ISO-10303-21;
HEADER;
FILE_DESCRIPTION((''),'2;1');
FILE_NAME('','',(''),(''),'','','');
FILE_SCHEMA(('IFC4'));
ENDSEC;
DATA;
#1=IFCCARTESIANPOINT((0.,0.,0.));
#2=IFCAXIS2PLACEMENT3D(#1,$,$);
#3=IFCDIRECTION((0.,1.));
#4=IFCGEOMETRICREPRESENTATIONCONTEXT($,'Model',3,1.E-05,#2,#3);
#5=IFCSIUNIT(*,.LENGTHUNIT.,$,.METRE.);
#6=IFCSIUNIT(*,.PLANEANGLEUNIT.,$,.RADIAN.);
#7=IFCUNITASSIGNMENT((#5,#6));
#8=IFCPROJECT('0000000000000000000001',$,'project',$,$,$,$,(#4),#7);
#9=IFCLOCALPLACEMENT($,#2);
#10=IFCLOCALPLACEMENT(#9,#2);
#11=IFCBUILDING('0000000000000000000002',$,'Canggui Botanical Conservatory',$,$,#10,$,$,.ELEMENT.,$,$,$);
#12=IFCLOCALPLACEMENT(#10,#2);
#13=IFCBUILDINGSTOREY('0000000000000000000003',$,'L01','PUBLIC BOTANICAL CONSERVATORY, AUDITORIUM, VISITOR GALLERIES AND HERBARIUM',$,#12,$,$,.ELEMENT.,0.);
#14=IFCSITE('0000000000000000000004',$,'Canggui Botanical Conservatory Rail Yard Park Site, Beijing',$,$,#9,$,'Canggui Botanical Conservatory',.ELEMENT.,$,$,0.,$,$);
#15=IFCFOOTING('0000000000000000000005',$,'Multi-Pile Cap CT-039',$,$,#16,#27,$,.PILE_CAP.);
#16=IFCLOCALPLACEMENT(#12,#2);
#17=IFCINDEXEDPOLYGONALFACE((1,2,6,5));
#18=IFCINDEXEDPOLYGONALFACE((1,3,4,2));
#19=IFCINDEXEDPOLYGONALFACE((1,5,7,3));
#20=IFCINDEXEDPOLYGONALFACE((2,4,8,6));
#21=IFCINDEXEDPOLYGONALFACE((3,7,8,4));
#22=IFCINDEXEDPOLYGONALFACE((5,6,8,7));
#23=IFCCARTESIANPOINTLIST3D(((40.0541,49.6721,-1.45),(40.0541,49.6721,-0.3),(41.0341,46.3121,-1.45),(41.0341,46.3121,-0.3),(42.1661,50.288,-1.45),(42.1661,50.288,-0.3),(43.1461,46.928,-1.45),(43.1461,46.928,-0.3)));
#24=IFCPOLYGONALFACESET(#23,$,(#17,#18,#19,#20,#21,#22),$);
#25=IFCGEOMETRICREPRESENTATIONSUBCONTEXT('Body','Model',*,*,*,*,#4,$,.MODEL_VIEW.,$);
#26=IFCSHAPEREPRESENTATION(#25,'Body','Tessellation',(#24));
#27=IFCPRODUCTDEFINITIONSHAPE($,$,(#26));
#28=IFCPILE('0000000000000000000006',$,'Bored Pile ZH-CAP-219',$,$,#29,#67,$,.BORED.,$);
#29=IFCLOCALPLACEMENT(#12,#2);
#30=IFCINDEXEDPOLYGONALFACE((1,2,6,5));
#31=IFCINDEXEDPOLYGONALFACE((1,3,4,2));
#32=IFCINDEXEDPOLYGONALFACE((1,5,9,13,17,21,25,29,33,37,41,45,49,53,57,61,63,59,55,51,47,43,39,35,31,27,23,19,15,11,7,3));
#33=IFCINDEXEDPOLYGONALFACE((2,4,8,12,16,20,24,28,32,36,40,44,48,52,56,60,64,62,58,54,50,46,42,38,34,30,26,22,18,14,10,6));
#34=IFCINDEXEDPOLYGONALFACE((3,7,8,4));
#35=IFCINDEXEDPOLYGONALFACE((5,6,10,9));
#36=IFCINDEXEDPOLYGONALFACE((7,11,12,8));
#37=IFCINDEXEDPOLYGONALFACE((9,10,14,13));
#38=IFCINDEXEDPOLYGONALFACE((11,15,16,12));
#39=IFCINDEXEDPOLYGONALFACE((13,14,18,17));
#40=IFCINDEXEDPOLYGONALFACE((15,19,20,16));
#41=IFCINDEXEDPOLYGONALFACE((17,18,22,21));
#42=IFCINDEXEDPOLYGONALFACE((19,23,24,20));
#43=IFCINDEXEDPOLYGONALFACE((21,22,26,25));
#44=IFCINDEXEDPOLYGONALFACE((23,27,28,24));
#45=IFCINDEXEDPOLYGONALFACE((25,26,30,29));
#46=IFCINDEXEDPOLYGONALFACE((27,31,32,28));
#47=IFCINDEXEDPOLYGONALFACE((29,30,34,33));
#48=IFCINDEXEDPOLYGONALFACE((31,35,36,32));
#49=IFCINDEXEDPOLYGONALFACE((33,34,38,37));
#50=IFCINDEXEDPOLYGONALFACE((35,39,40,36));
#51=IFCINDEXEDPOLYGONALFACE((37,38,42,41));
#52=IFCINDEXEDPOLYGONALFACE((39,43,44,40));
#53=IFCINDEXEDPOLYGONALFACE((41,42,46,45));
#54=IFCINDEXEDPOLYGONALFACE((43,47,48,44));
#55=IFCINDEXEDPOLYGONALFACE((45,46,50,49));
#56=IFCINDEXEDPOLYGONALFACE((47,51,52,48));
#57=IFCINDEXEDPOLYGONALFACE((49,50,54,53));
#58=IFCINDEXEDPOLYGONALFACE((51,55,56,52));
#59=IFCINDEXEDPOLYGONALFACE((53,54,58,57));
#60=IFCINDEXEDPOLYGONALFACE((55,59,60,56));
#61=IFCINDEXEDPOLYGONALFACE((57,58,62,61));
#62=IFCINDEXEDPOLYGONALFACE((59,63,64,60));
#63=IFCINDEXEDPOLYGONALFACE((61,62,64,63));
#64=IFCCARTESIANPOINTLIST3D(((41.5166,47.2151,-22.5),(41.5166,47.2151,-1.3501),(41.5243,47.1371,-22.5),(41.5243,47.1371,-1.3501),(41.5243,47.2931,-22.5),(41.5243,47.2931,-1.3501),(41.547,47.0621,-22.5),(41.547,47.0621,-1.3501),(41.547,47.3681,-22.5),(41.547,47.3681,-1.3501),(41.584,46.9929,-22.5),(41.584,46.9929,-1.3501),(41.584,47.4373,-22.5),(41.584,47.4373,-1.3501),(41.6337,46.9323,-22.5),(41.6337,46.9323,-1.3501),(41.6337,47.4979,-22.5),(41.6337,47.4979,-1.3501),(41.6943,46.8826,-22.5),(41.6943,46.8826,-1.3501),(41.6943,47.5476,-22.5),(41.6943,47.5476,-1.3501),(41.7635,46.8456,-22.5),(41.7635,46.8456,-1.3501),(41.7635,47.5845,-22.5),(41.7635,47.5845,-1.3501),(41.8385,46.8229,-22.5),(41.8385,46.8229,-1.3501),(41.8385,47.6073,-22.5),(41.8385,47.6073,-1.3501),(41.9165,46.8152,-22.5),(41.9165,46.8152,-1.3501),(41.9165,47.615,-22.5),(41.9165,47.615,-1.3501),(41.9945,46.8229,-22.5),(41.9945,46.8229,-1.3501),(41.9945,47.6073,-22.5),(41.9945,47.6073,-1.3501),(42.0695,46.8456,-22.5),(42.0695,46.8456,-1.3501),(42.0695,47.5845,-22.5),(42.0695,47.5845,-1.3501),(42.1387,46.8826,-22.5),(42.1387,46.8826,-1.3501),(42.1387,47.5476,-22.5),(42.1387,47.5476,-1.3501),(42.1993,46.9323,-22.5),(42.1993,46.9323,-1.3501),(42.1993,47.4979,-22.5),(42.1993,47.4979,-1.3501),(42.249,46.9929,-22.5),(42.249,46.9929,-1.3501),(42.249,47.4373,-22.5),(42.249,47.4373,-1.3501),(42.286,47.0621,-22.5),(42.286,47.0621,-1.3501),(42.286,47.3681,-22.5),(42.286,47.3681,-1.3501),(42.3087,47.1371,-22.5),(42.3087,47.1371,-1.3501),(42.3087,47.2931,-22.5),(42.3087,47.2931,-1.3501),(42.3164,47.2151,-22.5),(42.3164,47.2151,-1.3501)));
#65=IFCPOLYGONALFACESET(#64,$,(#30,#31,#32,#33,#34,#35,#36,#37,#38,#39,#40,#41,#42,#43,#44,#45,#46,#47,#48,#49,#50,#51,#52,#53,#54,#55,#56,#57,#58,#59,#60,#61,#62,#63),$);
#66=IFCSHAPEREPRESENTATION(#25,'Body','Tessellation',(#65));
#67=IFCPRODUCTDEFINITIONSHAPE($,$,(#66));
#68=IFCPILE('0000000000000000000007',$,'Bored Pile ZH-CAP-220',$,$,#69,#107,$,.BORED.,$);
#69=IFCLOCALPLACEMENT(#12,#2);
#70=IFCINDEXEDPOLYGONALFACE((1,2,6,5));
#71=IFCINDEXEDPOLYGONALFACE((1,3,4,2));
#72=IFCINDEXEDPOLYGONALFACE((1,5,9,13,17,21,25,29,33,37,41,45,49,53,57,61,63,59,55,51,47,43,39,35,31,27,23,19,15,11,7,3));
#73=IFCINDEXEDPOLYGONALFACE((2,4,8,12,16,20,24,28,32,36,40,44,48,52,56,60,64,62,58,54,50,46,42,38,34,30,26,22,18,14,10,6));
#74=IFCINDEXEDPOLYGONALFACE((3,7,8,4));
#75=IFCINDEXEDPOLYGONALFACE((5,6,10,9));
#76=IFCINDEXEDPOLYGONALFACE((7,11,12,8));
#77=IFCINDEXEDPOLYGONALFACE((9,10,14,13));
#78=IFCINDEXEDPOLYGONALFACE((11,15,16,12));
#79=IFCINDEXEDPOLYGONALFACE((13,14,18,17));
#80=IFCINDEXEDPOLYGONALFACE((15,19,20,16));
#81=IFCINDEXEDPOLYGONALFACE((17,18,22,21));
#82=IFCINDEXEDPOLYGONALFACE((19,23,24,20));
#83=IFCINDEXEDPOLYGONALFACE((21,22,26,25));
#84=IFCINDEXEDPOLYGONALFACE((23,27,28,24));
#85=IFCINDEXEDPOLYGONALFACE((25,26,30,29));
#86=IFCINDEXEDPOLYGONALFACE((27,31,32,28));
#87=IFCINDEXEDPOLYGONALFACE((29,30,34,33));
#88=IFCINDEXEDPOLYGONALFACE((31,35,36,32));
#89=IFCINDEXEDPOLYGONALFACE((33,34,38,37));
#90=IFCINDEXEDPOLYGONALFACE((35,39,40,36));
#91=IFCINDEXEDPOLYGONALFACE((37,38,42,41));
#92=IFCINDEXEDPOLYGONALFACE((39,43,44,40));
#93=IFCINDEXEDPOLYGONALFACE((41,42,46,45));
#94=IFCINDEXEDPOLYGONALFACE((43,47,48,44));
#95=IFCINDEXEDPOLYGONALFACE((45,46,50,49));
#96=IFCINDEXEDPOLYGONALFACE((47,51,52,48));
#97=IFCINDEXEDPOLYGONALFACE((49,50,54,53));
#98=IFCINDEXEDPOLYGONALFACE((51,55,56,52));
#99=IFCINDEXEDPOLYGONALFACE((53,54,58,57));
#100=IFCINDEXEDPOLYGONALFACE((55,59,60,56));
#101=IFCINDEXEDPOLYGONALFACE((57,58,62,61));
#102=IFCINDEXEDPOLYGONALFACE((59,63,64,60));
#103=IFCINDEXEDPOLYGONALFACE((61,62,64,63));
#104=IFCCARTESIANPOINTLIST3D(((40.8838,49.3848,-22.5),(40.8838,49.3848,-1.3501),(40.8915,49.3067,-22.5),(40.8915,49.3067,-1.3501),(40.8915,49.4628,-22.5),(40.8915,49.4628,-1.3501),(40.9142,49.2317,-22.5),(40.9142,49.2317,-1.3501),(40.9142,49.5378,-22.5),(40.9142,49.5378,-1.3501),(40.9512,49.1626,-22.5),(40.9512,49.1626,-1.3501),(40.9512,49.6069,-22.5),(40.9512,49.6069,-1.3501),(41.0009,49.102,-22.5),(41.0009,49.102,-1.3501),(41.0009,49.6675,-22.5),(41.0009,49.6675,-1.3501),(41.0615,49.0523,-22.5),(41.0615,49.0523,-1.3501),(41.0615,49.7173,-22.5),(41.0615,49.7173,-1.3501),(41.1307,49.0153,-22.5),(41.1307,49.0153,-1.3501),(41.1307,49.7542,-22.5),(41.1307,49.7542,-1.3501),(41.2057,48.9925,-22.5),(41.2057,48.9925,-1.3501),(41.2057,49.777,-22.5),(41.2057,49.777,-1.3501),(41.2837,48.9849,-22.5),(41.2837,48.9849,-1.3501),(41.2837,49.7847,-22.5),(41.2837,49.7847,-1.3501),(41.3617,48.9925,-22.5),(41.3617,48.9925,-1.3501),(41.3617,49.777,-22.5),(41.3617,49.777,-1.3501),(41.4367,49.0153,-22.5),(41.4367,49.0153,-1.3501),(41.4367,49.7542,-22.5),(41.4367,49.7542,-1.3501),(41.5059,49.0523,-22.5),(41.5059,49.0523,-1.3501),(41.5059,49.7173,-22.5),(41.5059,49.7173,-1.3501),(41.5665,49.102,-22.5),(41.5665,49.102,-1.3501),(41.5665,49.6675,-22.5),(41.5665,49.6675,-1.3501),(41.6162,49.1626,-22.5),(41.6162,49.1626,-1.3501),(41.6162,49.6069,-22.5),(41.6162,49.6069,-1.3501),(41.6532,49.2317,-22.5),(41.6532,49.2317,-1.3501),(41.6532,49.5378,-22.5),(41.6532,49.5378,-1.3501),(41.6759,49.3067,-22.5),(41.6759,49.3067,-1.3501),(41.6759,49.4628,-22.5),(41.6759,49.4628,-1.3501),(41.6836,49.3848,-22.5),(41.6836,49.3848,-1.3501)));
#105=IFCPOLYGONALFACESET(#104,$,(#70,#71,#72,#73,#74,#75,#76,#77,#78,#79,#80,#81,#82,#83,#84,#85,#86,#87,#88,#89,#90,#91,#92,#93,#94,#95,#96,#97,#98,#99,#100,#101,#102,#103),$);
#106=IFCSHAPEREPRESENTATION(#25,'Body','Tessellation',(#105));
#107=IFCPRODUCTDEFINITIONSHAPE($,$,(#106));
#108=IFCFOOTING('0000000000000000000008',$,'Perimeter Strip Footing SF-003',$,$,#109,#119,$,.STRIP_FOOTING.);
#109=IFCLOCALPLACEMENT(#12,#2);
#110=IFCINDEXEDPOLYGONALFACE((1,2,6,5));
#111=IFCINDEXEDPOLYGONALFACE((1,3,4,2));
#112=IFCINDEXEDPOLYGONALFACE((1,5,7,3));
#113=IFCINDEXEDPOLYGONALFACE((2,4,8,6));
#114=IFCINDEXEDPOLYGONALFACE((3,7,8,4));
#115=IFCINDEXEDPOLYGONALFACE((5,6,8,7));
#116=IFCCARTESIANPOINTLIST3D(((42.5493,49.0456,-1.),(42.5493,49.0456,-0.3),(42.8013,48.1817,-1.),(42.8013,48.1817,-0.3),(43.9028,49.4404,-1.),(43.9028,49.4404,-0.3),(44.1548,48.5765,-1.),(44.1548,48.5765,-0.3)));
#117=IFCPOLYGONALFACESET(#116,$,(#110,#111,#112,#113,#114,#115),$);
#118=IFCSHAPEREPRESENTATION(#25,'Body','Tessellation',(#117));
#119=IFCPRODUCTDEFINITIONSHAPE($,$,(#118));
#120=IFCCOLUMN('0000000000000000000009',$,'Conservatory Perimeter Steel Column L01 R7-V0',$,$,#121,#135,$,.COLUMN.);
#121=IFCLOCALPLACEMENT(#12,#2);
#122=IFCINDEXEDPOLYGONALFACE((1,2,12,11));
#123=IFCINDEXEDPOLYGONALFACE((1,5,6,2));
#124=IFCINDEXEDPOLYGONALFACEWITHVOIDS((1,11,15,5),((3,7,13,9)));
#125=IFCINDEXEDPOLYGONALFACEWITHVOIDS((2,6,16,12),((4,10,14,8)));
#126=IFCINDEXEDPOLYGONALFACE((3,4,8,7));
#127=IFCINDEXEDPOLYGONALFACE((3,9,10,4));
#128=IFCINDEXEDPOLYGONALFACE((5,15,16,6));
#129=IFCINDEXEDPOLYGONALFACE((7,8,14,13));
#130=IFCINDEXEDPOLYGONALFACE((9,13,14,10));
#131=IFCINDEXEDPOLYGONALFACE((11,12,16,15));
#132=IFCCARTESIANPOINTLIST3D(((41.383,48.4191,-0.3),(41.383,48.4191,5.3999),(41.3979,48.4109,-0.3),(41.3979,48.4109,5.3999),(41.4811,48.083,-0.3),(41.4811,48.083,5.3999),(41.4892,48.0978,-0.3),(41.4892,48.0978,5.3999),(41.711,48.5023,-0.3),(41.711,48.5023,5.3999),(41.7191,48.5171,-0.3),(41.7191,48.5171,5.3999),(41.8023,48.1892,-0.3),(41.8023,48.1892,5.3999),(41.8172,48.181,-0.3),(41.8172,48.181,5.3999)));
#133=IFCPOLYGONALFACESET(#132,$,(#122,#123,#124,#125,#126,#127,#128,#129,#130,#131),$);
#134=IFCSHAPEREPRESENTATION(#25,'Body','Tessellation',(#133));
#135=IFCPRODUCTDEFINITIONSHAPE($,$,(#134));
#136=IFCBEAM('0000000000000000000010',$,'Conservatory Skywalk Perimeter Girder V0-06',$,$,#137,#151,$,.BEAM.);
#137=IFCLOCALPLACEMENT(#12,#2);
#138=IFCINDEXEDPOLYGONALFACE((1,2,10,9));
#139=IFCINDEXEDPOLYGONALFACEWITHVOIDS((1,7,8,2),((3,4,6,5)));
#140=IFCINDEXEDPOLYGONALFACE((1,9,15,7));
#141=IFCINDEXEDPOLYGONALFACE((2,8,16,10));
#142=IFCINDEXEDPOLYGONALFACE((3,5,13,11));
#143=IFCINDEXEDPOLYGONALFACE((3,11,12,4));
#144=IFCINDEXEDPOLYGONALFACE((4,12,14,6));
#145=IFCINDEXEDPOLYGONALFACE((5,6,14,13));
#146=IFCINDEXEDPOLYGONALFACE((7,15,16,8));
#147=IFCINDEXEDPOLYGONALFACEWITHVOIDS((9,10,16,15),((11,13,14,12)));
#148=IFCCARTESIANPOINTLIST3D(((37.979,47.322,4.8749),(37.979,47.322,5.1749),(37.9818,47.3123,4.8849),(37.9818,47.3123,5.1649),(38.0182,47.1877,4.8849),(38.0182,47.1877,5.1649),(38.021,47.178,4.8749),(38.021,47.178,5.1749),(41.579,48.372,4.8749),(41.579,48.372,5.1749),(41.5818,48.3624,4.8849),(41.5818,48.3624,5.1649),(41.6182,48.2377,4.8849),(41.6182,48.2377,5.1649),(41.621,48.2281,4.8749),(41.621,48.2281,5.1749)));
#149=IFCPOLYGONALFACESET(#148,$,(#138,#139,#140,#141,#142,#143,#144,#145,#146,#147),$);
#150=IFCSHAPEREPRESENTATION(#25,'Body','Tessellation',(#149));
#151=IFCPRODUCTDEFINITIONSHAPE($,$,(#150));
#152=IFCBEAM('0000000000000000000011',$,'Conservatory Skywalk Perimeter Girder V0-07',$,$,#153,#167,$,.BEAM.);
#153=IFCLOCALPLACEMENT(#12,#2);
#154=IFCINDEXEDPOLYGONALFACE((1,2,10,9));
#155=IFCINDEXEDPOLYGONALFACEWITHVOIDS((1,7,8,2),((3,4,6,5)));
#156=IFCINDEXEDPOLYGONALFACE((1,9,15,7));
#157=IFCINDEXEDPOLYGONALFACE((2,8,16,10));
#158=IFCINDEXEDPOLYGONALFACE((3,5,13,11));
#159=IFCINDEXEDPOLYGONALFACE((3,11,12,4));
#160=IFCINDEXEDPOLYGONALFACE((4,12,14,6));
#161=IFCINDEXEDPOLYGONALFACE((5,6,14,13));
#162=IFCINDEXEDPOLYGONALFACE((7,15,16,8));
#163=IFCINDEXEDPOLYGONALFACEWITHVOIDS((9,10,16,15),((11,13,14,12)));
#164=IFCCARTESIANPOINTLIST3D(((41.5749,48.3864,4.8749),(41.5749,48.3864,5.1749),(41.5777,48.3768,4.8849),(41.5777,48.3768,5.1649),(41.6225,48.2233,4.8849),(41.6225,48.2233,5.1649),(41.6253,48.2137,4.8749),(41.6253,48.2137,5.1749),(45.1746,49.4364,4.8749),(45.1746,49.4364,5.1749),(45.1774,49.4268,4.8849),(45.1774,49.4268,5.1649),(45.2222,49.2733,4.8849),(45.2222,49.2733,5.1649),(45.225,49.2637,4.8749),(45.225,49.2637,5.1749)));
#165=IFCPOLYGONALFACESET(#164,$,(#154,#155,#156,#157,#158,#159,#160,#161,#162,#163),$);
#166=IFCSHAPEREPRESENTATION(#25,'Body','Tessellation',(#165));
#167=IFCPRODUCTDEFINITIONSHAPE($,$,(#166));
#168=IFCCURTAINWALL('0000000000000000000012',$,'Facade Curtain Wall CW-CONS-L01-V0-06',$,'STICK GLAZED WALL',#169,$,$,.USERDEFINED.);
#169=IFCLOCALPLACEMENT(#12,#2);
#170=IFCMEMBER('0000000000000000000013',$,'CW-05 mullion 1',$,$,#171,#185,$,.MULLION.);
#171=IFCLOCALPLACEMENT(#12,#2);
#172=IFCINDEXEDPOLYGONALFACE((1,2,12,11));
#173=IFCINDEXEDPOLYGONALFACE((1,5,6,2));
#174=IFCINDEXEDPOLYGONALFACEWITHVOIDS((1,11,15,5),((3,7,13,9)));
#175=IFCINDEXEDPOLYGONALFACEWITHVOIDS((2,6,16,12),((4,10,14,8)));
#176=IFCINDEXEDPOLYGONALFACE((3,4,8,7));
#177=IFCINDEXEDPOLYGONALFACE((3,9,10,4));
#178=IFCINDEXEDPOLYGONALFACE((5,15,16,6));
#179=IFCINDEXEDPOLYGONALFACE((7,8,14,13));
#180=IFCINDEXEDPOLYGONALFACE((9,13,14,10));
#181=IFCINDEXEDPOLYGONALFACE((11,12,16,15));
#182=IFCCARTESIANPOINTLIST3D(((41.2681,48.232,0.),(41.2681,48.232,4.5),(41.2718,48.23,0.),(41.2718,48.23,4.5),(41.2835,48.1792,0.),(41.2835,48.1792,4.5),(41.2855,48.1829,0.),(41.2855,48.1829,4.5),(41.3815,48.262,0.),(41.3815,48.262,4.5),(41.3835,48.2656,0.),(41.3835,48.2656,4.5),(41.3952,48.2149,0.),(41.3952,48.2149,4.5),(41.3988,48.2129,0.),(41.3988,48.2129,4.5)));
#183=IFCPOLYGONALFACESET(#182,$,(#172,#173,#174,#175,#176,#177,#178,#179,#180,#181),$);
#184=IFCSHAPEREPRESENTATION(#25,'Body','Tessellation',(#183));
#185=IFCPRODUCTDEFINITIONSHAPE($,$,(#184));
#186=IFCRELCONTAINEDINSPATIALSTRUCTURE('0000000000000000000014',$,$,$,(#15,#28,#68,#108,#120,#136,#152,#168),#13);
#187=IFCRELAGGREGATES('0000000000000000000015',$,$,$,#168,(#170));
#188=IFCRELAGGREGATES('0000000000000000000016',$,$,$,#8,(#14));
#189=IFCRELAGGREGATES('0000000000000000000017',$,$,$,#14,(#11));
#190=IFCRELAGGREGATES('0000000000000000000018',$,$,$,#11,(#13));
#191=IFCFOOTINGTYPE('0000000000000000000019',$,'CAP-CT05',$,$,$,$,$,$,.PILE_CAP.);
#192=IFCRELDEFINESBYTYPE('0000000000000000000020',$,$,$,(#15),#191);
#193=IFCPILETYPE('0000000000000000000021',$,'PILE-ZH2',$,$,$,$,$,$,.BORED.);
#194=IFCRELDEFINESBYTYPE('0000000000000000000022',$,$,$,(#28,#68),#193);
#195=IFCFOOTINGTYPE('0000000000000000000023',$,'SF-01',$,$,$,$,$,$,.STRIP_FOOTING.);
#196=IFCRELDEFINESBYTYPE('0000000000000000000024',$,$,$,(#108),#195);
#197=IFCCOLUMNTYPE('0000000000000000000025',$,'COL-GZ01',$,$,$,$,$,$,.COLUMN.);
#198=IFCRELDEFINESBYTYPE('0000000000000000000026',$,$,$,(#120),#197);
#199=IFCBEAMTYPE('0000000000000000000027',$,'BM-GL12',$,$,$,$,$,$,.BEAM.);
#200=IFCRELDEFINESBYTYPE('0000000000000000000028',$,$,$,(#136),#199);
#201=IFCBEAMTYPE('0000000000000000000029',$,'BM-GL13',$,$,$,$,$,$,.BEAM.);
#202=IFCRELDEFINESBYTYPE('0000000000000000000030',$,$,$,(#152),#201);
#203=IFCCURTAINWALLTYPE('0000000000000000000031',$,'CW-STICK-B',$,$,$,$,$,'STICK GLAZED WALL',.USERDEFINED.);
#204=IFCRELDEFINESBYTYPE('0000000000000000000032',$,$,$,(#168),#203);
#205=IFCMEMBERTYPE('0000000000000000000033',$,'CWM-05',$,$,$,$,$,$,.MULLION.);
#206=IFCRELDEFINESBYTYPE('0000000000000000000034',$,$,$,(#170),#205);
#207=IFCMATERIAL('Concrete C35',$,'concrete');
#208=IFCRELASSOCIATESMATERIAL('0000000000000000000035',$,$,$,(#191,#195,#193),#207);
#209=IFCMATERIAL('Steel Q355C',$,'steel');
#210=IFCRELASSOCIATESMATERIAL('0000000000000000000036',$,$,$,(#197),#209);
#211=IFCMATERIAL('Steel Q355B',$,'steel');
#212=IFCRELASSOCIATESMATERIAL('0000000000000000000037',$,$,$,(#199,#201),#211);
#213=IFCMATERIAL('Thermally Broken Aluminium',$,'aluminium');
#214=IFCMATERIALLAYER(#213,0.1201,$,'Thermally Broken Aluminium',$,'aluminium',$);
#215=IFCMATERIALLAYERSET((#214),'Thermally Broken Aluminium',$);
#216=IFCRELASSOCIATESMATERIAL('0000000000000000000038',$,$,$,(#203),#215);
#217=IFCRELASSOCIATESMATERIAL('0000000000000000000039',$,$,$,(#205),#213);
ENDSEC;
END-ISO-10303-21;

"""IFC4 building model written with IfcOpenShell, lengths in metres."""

from ifc_helpers import new_model, si_unit, direction, frame, origin, origin_2d, place, context, subcontext, project, spatial, rectangle, hollow_rectangle, circle, extrude, material, layer, layer_set, material_profile, profile_set, type_object, element, aggregate, save


model = new_model("IFC4")

# Units and contexts
model_context = context("Model", 3, precision=1e-05, world=origin(), true_north=direction((0.0, 1.0)))
body_context = subcontext(model_context, "Body", "Model", "MODEL_VIEW")
ifc_project = project(units=[si_unit("LENGTHUNIT", "METRE"), si_unit("PLANEANGLEUNIT", "RADIAN")], contexts=[model_context])

# Site, building, storey
site_placement = place(None, origin())
site = spatial("IfcSite", under=ifc_project, at=site_placement, Name="Canggui Botanical Conservatory Rail Yard Park Site, Beijing", LongName="Canggui Botanical Conservatory", CompositionType="ELEMENT", RefElevation=0.0)
building_placement = place(site_placement, origin())
building = spatial("IfcBuilding", under=site, at=building_placement, Name="Canggui Botanical Conservatory", CompositionType="ELEMENT")
storey_placement = place(building_placement, origin())
storey = spatial("IfcBuildingStorey", under=building, at=storey_placement, Name="L01", Description="PUBLIC BOTANICAL CONSERVATORY, AUDITORIUM, VISITOR GALLERIES AND HERBARIUM", CompositionType="ELEMENT", Elevation=0.0)

# Footing
ifc_material_1 = material(Name="Concrete C35", Category="concrete")
footing_type_1 = type_object("IfcFootingType", Name="CAP-CT05", PredefinedType="PILE_CAP", material=ifc_material_1)
footing_1_placement = place(storey_placement, frame((41.6001, 48.3, -1.45), z_axis=(0.0, 0.0, 1.0), x_axis=(-0.28, 0.96, 0.0)))
element("IfcFooting", 1, at=footing_1_placement, inside=storey, type_object=footing_type_1, Name="Multi-Pile Cap CT-039", PredefinedType="PILE_CAP", context=body_context, shape_type="SweptSolid", body=[
    extrude(rectangle(XDim=3.5, YDim=2.2, at=origin_2d()), origin(), (0.0, 0.0, 1.0), 1.1499),
])

# Piles
ifc_material_profile_1 = material_profile(ifc_material_1, circle(Radius=0.3999, at=origin_2d()), Name="PILE D800")
ifc_profile_set_1 = profile_set([ifc_material_profile_1], Name="Concrete C35")
pile_type = type_object("IfcPileType", Name="PILE-ZH2", PredefinedType="BORED", material=ifc_profile_set_1)
for number, where, z_axis, x_axis, name in (
    (2, (41.9165, 47.2151, -1.3501), (0.0, 0.0, -1.0), (1.0, 0.0, 0.0), "Bored Pile ZH-CAP-219"),
    (3, (41.2837, 49.3848, -1.3501), (0.0, 0.0, -1.0), (1.0, 0.0, 0.0), "Bored Pile ZH-CAP-220"),
):
    element("IfcPile", number, at=place(storey_placement, frame(where, z_axis=z_axis, x_axis=x_axis)), inside=storey, type_object=pile_type, Name=name, PredefinedType="BORED", context=body_context, shape_type="SweptSolid", body=[
        extrude(circle(Radius=0.3999, at=origin_2d()), origin(), (0.0, 0.0, 1.0), 21.1499),
    ])

# Footing
footing_type_2 = type_object("IfcFootingType", Name="SF-01", PredefinedType="STRIP_FOOTING", material=ifc_material_1)
footing_2_placement = place(storey_placement, frame((43.3521, 48.811, -1.0), z_axis=(0.0, 0.0, 1.0), x_axis=(0.96, 0.28, 0.0)))
element("IfcFooting", 4, at=footing_2_placement, inside=storey, type_object=footing_type_2, Name="Perimeter Strip Footing SF-003", PredefinedType="STRIP_FOOTING", context=body_context, shape_type="SweptSolid", body=[
    extrude(rectangle(XDim=1.4099, YDim=0.8999, at=origin_2d()), origin(), (0.0, 0.0, 1.0), 0.7),
])

# Column
ifc_material_2 = material(Name="Steel Q355C", Category="steel")
ifc_material_profile_2 = material_profile(ifc_material_2, hollow_rectangle(XDim=0.3501, YDim=0.3501, WallThickness=0.012, at=origin_2d()), Name="SHS 350x350x12")
ifc_profile_set_2 = profile_set([ifc_material_profile_2], Name="Steel Q355C")
column_type = type_object("IfcColumnType", Name="COL-GZ01", PredefinedType="COLUMN", material=ifc_profile_set_2)
column_placement = place(storey_placement, frame((41.6001, 48.3, -0.3), z_axis=(0.0, 0.0, 1.0), x_axis=(0.96, 0.28, 0.0)))
element("IfcColumn", 5, at=column_placement, inside=storey, type_object=column_type, Name="Conservatory Perimeter Steel Column L01 R7-V0", PredefinedType="COLUMN", context=body_context, shape_type="SweptSolid", body=[
    extrude(hollow_rectangle(XDim=0.3501, YDim=0.3501, WallThickness=0.012, at=origin_2d()), origin(), (0.0, 0.0, 1.0), 5.7),
])

# Beams
ifc_material_3 = material(Name="Steel Q355B", Category="steel")
ifc_material_profile_3 = material_profile(ifc_material_3, hollow_rectangle(XDim=0.1499, YDim=0.3, WallThickness=0.01, at=origin_2d()), Name="RHS 150x300x10")
ifc_profile_set_3 = profile_set([ifc_material_profile_3], Name="Steel Q355B")
beam_type_1 = type_object("IfcBeamType", Name="BM-GL12", PredefinedType="BEAM", material=ifc_profile_set_3)
beam_1_placement = place(storey_placement, frame((38.0, 47.25, 5.0249), z_axis=(0.959999, 0.280005, 0.0), x_axis=(-0.280005, 0.959999, 0.0)))
element("IfcBeam", 6, at=beam_1_placement, inside=storey, type_object=beam_type_1, Name="Conservatory Skywalk Perimeter Girder V0-06", PredefinedType="BEAM", context=body_context, shape_type="SweptSolid", body=[
    extrude(hollow_rectangle(XDim=0.1499, YDim=0.3, WallThickness=0.01, at=origin_2d()), origin(), (0.0, 0.0, 1.0), 3.75),
])
ifc_material_profile_4 = material_profile(ifc_material_3, hollow_rectangle(XDim=0.1799, YDim=0.3, WallThickness=0.01, at=origin_2d()), Name="RHS 180x300x10")
ifc_profile_set_4 = profile_set([ifc_material_profile_4], Name="Steel Q355B")
beam_type_2 = type_object("IfcBeamType", Name="BM-GL13", PredefinedType="BEAM", material=ifc_profile_set_4)
beam_2_placement = place(storey_placement, frame((41.6001, 48.3, 5.0249), z_axis=(0.959993, 0.280023, 0.0), x_axis=(-0.280023, 0.959993, 0.0)))
element("IfcBeam", 7, at=beam_2_placement, inside=storey, type_object=beam_type_2, Name="Conservatory Skywalk Perimeter Girder V0-07", PredefinedType="BEAM", context=body_context, shape_type="SweptSolid", body=[
    extrude(hollow_rectangle(XDim=0.1799, YDim=0.3, WallThickness=0.01, at=origin_2d()), origin(), (0.0, 0.0, 1.0), 3.7498),
])

# Curtain wall, member
ifc_material_4 = material(Name="Thermally Broken Aluminium", Category="aluminium")
ifc_layer_1 = layer(ifc_material_4, 0.1201, Name="Thermally Broken Aluminium", Category="aluminium")
ifc_layer_set_1 = layer_set([ifc_layer_1], Name="Thermally Broken Aluminium")
curtain_wall_type = type_object("IfcCurtainWallType", Name="CW-STICK-B", ElementType="STICK GLAZED WALL", PredefinedType="USERDEFINED", material=ifc_layer_set_1)
curtain_wall_1_placement = place(storey_placement, origin())
curtain_wall_1 = element("IfcCurtainWall", 8, at=curtain_wall_1_placement, inside=storey, type_object=curtain_wall_type, Name="Facade Curtain Wall CW-CONS-L01-V0-06", ObjectType="STICK GLAZED WALL", PredefinedType="USERDEFINED")
ifc_material_profile_5 = material_profile(ifc_material_4, hollow_rectangle(XDim=0.0549, YDim=0.1201, WallThickness=0.0029, at=origin_2d()), Name="CWM 55x120x3")
ifc_profile_set_5 = profile_set([ifc_material_profile_5], Name="Thermally Broken Aluminium")
member_type_1 = type_object("IfcMemberType", Name="CWM-05", PredefinedType="MULLION", material=ifc_profile_set_5)
member_1_placement = place(storey_placement, frame((41.3335, 48.2224, 0.0), z_axis=(0.0, 0.0, 1.0), x_axis=(0.28, -0.96, 0.0)))
member_1 = element("IfcMember", 9, at=member_1_placement, type_object=member_type_1, Name="CW-05 mullion 1", PredefinedType="MULLION", context=body_context, shape_type="SweptSolid", body=[
    extrude(hollow_rectangle(XDim=0.0549, YDim=0.1201, WallThickness=0.0029, at=origin_2d()), origin(), (0.0, 0.0, 1.0), 4.5),
])

aggregate(curtain_wall_1, [member_1])

save(model, "model.ifc")
